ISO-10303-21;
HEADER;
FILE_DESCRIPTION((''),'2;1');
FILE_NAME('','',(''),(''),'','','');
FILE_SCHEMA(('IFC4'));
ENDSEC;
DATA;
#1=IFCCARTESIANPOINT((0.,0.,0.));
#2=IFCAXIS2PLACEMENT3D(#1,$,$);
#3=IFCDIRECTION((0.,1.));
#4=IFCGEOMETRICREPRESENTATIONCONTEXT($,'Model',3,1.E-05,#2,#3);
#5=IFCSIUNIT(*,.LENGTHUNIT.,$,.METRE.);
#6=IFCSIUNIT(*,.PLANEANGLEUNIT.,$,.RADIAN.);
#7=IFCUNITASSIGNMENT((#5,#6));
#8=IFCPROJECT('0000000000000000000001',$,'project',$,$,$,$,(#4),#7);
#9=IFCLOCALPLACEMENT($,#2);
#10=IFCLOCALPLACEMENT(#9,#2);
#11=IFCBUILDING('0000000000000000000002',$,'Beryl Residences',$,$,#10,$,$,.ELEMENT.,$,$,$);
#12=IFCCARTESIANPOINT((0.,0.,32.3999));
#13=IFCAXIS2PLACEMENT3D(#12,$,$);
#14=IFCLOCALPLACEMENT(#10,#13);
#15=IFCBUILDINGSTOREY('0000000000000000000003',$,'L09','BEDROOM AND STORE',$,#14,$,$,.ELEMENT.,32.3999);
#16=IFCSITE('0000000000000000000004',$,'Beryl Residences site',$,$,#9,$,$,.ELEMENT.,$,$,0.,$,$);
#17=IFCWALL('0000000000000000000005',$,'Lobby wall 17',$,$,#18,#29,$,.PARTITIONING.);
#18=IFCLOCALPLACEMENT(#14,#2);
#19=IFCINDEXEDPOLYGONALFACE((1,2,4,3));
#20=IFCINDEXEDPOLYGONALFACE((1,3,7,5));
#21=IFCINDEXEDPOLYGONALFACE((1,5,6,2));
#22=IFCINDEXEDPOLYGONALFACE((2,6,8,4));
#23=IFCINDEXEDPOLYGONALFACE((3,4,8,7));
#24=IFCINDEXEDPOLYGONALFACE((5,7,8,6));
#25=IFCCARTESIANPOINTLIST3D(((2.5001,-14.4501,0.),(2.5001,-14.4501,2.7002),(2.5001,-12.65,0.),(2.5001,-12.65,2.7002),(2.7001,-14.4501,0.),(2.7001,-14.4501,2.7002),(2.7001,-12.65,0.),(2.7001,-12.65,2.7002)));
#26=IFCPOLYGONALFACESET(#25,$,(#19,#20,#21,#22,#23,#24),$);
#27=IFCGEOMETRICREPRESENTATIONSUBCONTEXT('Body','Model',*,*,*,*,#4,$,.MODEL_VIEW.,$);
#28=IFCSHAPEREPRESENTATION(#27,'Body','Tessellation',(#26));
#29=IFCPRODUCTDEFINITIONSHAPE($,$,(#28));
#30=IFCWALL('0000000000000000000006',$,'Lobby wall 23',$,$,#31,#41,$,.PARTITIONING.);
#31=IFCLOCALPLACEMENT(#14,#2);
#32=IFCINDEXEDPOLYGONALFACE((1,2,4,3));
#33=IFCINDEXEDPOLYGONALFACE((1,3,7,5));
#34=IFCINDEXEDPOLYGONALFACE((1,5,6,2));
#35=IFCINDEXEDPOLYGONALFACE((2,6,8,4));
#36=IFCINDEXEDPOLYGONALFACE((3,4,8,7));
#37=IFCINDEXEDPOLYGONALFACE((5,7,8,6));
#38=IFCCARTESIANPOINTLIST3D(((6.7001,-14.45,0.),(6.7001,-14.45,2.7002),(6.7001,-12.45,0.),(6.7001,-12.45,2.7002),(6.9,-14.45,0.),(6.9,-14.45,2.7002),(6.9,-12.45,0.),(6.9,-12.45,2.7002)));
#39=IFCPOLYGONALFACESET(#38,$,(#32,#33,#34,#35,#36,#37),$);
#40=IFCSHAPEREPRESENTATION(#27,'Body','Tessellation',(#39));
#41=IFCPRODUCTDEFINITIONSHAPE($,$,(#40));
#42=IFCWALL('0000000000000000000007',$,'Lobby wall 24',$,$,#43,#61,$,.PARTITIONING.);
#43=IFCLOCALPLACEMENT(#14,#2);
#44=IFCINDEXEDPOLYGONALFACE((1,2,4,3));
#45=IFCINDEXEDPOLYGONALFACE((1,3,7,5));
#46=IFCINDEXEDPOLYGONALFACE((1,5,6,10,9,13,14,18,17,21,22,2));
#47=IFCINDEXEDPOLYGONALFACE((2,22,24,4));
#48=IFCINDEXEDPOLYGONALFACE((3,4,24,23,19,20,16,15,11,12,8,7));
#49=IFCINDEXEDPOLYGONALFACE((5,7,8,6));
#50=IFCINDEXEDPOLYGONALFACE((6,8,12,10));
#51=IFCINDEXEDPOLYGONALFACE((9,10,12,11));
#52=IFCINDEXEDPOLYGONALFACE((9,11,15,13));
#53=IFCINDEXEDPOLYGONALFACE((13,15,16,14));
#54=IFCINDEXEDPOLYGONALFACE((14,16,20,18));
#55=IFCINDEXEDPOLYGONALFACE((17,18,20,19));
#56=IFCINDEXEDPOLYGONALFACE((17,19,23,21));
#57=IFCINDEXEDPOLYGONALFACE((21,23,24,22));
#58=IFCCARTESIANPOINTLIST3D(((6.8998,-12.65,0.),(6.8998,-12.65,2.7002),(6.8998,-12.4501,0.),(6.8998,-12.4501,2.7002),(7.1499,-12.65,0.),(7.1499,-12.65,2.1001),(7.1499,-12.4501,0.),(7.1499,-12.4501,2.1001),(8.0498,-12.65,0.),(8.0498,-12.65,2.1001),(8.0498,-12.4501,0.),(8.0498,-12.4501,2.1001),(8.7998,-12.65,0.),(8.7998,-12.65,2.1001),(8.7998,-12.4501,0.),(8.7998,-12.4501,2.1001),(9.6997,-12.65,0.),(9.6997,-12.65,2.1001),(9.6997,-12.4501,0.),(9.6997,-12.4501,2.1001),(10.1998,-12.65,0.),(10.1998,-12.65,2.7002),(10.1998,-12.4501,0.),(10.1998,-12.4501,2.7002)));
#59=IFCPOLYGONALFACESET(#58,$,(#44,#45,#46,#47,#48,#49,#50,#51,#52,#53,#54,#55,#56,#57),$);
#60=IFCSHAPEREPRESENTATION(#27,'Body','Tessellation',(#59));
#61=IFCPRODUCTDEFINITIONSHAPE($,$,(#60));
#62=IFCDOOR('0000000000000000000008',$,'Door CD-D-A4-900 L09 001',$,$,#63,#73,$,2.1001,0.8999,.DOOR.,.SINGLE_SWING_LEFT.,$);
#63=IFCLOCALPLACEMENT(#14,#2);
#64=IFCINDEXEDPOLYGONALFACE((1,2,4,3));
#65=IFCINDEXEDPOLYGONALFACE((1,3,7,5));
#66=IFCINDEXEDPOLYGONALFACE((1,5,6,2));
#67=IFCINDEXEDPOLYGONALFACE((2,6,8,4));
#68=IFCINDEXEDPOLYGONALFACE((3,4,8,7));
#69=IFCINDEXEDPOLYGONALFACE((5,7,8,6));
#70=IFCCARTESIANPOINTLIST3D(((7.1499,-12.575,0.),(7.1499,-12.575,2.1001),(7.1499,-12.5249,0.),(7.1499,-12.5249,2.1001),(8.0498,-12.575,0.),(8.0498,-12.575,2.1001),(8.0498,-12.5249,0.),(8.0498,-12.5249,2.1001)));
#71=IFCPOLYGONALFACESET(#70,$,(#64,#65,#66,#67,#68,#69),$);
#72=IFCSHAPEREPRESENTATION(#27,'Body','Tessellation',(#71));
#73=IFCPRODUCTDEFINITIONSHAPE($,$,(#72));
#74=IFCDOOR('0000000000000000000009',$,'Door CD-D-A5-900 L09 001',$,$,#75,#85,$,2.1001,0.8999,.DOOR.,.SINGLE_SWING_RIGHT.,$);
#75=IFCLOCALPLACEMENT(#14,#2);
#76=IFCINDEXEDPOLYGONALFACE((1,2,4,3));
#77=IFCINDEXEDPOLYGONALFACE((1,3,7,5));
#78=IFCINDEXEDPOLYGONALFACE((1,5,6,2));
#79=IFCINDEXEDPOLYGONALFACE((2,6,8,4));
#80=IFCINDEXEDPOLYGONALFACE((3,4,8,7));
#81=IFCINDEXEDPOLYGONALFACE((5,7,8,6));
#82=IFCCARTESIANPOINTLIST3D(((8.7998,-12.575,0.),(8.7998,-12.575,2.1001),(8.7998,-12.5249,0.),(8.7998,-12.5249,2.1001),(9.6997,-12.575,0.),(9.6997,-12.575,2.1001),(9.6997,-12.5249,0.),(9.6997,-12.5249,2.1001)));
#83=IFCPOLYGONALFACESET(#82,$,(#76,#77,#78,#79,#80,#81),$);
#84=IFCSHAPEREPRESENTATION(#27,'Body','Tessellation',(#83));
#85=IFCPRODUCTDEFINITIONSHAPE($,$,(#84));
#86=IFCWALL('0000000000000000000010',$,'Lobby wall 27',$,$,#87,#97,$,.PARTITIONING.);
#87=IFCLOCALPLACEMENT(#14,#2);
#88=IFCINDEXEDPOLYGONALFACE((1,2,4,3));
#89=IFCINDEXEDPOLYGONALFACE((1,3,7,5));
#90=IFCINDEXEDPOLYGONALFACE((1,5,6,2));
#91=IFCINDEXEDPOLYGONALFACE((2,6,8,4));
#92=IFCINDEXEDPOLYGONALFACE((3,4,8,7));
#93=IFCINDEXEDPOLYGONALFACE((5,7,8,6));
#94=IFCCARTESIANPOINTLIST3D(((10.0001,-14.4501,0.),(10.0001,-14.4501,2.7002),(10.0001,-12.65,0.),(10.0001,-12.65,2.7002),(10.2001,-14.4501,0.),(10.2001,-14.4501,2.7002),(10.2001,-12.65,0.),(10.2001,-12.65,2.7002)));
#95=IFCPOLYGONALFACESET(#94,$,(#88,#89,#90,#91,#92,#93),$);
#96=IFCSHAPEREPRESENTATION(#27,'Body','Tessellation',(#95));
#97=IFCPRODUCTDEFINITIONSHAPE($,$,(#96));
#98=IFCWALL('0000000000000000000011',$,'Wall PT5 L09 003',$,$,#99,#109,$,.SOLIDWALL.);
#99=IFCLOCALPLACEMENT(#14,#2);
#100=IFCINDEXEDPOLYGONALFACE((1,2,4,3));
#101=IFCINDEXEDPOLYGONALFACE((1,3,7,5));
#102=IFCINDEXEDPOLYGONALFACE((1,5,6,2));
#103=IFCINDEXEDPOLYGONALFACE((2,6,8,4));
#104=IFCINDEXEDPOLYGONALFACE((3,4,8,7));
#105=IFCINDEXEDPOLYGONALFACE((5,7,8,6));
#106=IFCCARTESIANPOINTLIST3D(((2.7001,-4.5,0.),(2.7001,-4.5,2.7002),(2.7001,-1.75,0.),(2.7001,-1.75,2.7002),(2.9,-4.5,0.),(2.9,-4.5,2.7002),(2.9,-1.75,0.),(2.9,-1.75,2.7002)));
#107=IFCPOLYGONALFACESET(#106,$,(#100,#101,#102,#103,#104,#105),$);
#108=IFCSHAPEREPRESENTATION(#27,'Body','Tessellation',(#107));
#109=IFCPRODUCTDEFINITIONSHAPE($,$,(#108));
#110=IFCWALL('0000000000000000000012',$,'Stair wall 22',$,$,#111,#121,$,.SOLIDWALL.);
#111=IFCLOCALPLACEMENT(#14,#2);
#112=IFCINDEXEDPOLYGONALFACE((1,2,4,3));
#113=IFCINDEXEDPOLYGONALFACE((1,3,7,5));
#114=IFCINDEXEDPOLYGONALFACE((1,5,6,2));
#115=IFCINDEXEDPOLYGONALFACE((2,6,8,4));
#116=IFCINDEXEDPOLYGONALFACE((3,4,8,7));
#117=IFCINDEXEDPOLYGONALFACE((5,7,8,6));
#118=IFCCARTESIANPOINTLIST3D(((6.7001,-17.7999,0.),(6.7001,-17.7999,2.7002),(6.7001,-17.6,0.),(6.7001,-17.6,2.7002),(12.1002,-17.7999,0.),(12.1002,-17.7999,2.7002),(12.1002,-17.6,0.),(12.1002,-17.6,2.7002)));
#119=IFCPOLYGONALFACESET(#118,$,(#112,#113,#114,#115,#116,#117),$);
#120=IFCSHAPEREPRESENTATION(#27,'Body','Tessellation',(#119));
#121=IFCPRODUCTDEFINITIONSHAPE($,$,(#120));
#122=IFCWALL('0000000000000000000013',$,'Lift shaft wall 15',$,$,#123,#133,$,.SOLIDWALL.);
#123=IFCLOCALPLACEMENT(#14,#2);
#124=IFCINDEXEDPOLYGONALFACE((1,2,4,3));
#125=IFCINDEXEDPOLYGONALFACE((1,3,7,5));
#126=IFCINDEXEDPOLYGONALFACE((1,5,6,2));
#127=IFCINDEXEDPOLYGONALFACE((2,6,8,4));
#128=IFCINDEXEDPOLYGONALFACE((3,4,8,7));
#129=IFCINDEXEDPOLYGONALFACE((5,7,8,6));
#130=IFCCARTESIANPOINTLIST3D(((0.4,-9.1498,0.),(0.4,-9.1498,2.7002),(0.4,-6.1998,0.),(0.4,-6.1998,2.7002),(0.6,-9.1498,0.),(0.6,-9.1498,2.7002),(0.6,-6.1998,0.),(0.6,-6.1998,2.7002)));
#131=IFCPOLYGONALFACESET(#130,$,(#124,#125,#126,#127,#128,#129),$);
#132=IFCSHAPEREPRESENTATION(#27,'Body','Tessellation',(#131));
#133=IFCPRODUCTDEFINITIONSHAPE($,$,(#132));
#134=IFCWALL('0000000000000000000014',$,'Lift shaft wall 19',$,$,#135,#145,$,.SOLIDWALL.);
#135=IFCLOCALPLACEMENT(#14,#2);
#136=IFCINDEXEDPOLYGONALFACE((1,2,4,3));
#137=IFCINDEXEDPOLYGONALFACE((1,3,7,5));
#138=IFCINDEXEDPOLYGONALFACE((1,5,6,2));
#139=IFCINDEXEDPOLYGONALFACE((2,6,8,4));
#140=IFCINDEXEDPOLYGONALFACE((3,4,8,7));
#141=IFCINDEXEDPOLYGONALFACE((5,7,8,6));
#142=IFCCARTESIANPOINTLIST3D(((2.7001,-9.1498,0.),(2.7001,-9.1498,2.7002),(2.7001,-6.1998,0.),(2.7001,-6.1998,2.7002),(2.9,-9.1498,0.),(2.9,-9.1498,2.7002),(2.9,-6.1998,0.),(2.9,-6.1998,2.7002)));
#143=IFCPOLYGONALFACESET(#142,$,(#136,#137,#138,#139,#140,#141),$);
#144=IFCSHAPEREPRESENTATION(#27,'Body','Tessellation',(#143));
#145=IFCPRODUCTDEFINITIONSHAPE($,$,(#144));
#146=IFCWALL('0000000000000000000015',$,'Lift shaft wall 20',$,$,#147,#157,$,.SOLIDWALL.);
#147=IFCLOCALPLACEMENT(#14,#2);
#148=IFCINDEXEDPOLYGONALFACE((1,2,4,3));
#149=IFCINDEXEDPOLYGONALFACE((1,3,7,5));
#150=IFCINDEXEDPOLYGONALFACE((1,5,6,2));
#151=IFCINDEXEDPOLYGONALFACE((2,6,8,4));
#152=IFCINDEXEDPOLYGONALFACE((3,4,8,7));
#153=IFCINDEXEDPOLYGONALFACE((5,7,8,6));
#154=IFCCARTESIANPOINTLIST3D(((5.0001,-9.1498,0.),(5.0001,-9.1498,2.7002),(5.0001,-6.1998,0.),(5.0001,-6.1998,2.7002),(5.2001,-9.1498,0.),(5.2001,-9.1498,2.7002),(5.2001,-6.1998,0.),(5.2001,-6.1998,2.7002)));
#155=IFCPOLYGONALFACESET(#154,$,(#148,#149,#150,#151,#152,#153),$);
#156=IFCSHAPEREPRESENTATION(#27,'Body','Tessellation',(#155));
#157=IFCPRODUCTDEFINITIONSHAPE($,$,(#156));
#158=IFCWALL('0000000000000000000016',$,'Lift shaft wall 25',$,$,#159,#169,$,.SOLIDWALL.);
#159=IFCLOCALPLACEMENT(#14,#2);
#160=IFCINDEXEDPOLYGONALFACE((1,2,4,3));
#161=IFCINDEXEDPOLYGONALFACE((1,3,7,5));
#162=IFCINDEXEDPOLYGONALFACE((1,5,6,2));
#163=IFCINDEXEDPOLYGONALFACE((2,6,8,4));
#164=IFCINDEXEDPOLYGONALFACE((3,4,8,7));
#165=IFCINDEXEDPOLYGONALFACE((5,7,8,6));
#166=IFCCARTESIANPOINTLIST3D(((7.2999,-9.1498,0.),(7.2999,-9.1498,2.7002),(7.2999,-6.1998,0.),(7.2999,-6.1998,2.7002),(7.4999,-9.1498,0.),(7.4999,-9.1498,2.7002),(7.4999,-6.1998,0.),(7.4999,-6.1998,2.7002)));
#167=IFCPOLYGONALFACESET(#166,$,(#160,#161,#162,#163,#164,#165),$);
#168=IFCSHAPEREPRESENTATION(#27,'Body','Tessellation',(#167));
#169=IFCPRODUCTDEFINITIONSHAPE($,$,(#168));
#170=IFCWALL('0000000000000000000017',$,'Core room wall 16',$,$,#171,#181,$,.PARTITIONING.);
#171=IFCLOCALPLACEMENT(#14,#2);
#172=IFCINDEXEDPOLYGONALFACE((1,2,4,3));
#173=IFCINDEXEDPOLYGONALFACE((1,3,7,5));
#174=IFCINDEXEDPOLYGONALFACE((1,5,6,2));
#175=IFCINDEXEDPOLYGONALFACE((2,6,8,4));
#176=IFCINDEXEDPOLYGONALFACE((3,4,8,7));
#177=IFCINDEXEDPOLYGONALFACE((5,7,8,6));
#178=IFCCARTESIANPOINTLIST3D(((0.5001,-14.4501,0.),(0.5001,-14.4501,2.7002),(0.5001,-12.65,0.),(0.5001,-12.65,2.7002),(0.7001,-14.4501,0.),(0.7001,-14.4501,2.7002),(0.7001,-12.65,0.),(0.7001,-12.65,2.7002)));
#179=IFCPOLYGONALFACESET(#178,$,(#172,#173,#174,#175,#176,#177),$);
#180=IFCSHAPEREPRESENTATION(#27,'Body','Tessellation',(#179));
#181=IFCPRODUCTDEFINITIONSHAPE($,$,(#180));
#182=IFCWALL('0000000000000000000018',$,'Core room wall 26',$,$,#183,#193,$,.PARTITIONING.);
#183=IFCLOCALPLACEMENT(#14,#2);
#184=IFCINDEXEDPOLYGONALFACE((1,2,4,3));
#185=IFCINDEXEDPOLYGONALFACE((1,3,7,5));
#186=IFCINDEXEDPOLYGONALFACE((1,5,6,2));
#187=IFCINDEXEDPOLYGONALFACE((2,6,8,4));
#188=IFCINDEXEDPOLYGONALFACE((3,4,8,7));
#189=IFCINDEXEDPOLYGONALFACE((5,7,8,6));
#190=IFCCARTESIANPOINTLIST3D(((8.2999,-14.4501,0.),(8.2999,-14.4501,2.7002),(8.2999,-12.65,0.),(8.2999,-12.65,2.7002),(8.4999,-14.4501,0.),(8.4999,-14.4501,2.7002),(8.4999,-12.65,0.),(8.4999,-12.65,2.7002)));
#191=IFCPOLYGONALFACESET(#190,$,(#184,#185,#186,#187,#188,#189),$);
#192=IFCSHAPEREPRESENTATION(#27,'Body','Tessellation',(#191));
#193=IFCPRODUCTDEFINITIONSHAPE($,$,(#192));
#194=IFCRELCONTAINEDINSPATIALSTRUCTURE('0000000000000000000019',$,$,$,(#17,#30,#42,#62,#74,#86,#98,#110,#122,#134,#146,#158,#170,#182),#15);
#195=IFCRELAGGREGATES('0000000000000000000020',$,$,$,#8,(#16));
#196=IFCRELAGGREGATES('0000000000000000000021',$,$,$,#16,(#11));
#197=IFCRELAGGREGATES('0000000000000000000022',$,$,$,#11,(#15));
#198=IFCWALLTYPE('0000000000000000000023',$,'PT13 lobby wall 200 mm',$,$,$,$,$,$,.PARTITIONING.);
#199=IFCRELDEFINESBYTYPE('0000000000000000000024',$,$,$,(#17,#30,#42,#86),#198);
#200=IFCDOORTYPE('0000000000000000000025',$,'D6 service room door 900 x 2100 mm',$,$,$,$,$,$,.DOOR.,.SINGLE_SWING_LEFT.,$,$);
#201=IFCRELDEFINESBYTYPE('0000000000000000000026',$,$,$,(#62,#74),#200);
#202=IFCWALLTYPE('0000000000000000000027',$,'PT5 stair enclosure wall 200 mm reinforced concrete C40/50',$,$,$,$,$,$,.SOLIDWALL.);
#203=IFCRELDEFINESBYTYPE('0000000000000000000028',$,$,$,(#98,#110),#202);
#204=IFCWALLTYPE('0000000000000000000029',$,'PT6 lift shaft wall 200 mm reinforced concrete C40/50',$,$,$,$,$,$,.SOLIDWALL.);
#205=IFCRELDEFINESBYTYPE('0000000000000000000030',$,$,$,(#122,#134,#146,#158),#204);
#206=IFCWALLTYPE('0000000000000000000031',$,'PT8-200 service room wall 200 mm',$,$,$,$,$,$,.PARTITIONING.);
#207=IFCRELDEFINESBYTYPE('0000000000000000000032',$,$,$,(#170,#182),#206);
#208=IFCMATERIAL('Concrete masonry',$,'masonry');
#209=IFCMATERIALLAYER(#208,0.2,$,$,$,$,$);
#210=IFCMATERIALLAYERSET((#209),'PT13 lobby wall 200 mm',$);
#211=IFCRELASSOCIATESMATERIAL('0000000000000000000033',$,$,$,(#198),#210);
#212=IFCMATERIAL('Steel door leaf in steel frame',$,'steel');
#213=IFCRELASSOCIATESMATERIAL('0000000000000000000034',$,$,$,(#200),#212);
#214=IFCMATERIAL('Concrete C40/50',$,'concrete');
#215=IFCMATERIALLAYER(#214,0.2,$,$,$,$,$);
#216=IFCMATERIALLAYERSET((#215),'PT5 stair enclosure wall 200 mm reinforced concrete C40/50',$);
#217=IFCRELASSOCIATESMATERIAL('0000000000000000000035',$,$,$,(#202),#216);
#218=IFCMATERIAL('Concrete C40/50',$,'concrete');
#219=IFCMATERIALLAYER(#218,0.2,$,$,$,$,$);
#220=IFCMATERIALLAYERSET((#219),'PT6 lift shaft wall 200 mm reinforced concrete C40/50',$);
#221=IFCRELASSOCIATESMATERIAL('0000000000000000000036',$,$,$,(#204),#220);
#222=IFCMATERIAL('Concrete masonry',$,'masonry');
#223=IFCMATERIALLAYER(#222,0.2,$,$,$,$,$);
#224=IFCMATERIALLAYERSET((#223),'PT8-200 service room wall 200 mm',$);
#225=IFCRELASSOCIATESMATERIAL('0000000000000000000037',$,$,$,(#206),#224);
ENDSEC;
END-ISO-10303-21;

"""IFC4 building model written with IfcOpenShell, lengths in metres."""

from ifc_helpers import new_model, si_unit, direction, frame, frame_2d, origin, place, context, subcontext, project, spatial, rectangle, extrude, material, layer, layer_set, type_object, element, fill, save


model = new_model("IFC4")

# Units and contexts
model_context = context("Model", 3, precision=1e-05, world=origin(), true_north=direction((0.0, 1.0)))
body_context = subcontext(model_context, "Body", "Model", "MODEL_VIEW")
ifc_project = project(units=[si_unit("LENGTHUNIT", "METRE"), si_unit("PLANEANGLEUNIT", "RADIAN")], contexts=[model_context])

# Site, building, storey
site_placement = place(None, origin())
site = spatial("IfcSite", under=ifc_project, at=site_placement, Name="Beryl Residences site", CompositionType="ELEMENT", RefElevation=0.0)
building_placement = place(site_placement, origin())
building = spatial("IfcBuilding", under=site, at=building_placement, Name="Beryl Residences", CompositionType="ELEMENT")
storey_placement = place(building_placement, frame((0.0, 0.0, 32.3999)))
storey = spatial("IfcBuildingStorey", under=building, at=storey_placement, Name="L09", Description="BEDROOM AND STORE", CompositionType="ELEMENT", Elevation=32.3999)

# Walls
ifc_material_1 = material(Name="Concrete masonry", Category="masonry")
ifc_layer_1 = layer(ifc_material_1, 0.2)
ifc_layer_set_1 = layer_set([ifc_layer_1], Name="PT13 lobby wall 200 mm")
wall_type_1 = type_object("IfcWallType", Name="PT13 lobby wall 200 mm", PredefinedType="PARTITIONING", material=ifc_layer_set_1)
wall_1_placement = place(storey_placement, frame((2.6001, -14.45, 0.0), z_axis=(0.0, 0.0, 1.0), x_axis=(0.0, 1.0, 0.0)))
element("IfcWall", 1, at=wall_1_placement, inside=storey, type_object=wall_type_1, Name="Lobby wall 17", PredefinedType="PARTITIONING", context=body_context, shape_type="SweptSolid", body=[
    extrude(rectangle(XDim=1.8, YDim=0.2, at=frame_2d((0.8999, 0.0))), origin(), (0.0, 0.0, 1.0), 2.7002),
])
wall_2_placement = place(storey_placement, frame((6.8, -14.45, 0.0), z_axis=(0.0, 0.0, 1.0), x_axis=(0.0, 1.0, 0.0)))
element("IfcWall", 2, at=wall_2_placement, inside=storey, type_object=wall_type_1, Name="Lobby wall 23", PredefinedType="PARTITIONING", context=body_context, shape_type="SweptSolid", body=[
    extrude(rectangle(XDim=2.0, YDim=0.2, at=frame_2d((1.0, 0.0))), origin(), (0.0, 0.0, 1.0), 2.7002),
])

# Wall, openings, doors
wall_3_placement = place(storey_placement, frame((6.8999, -12.55, 0.0), z_axis=(0.0, 0.0, 1.0), x_axis=(1.0, 0.0, 0.0)))
wall_3 = element("IfcWall", 3, at=wall_3_placement, inside=storey, type_object=wall_type_1, Name="Lobby wall 24", PredefinedType="PARTITIONING", context=body_context, shape_type="SweptSolid", body=[
    extrude(rectangle(XDim=3.3, YDim=0.2, at=frame_2d((1.6499, 0.0))), origin(), (0.0, 0.0, 1.0), 2.7002),
])
opening_1_placement = place(wall_3_placement, frame((1.1499, 0.0, 0.0), z_axis=(0.0, 0.0, 1.0), x_axis=(-1.0, 0.0, 0.0)))
opening_1 = element("IfcOpeningElement", 4, at=opening_1_placement, cuts=wall_3, PredefinedType="OPENING", context=body_context, shape_type="SweptSolid", body=[
    extrude(rectangle(XDim=0.8999, YDim=2.1001, at=frame_2d((0.45, 1.05))), frame((0.0, 0.1099, 0.0), z_axis=(0.0, -1.0, 0.0), x_axis=(1.0, 0.0, 0.0)), (0.0, 0.0, 1.0), 0.22),
])
opening_2_placement = place(wall_3_placement, frame((2.7998, 0.0, 0.0), z_axis=(0.0, 0.0, 1.0), x_axis=(-1.0, 0.0, 0.0)))
opening_2 = element("IfcOpeningElement", 5, at=opening_2_placement, cuts=wall_3, PredefinedType="OPENING", context=body_context, shape_type="SweptSolid", body=[
    extrude(rectangle(XDim=0.8999, YDim=2.1001, at=frame_2d((0.45, 1.05))), frame((0.0, 0.1099, 0.0), z_axis=(0.0, -1.0, 0.0), x_axis=(1.0, 0.0, 0.0)), (0.0, 0.0, 1.0), 0.22),
])
ifc_material_2 = material(Name="Steel door leaf in steel frame", Category="steel")
door_type = type_object("IfcDoorType", Name="D6 service room door 900 x 2100 mm", OperationType="SINGLE_SWING_LEFT", PredefinedType="DOOR", material=ifc_material_2)
door_1_placement = place(opening_1_placement, origin())
door_1 = element("IfcDoor", 6, at=door_1_placement, inside=storey, type_object=door_type, Name="Door CD-D-A4-900 L09 001", OperationType="SINGLE_SWING_LEFT", OverallHeight=2.1001, OverallWidth=0.8999, PredefinedType="DOOR", context=body_context, shape_type="SweptSolid", body=[
    extrude(rectangle(XDim=0.8999, YDim=2.1001, at=frame_2d((0.45, 1.05))), frame((0.0, 0.0249, 0.0), z_axis=(0.0, -1.0, 0.0), x_axis=(1.0, 0.0, 0.0)), (0.0, 0.0, 1.0), 0.05),
])
fill(opening_1, door_1)
door_2_placement = place(opening_2_placement, origin())
door_2 = element("IfcDoor", 7, at=door_2_placement, inside=storey, type_object=door_type, Name="Door CD-D-A5-900 L09 001", OperationType="SINGLE_SWING_RIGHT", OverallHeight=2.1001, OverallWidth=0.8999, PredefinedType="DOOR", context=body_context, shape_type="SweptSolid", body=[
    extrude(rectangle(XDim=0.8999, YDim=2.1001, at=frame_2d((0.45, 1.05))), frame((0.0, 0.0249, 0.0), z_axis=(0.0, -1.0, 0.0), x_axis=(1.0, 0.0, 0.0)), (0.0, 0.0, 1.0), 0.05),
])
fill(opening_2, door_2)

# Walls
wall_4_placement = place(storey_placement, frame((10.1001, -14.45, 0.0), z_axis=(0.0, 0.0, 1.0), x_axis=(0.0, 1.0, 0.0)))
element("IfcWall", 8, at=wall_4_placement, inside=storey, type_object=wall_type_1, Name="Lobby wall 27", PredefinedType="PARTITIONING", context=body_context, shape_type="SweptSolid", body=[
    extrude(rectangle(XDim=1.8, YDim=0.2, at=frame_2d((0.8999, 0.0))), origin(), (0.0, 0.0, 1.0), 2.7002),
])
ifc_material_3 = material(Name="Concrete C40/50", Category="concrete")
ifc_layer_2 = layer(ifc_material_3, 0.2)
ifc_layer_set_2 = layer_set([ifc_layer_2], Name="PT5 stair enclosure wall 200 mm reinforced concrete C40/50")
wall_type_2 = type_object("IfcWallType", Name="PT5 stair enclosure wall 200 mm reinforced concrete C40/50", PredefinedType="SOLIDWALL", material=ifc_layer_set_2)
wall_5_placement = place(storey_placement, frame((2.8, -4.5, 0.0), z_axis=(0.0, 0.0, 1.0), x_axis=(0.0, 1.0, 0.0)))
element("IfcWall", 9, at=wall_5_placement, inside=storey, type_object=wall_type_2, Name="Wall PT5 L09 003", PredefinedType="SOLIDWALL", context=body_context, shape_type="SweptSolid", body=[
    extrude(rectangle(XDim=2.75, YDim=0.2, at=frame_2d((1.375, 0.0))), origin(), (0.0, 0.0, 1.0), 2.7002),
])
wall_6_placement = place(storey_placement, frame((6.7, -17.7, 0.0), z_axis=(0.0, 0.0, 1.0), x_axis=(1.0, 0.0, 0.0)))
element("IfcWall", 10, at=wall_6_placement, inside=storey, type_object=wall_type_2, Name="Stair wall 22", PredefinedType="SOLIDWALL", context=body_context, shape_type="SweptSolid", body=[
    extrude(rectangle(XDim=5.4001, YDim=0.2, at=frame_2d((2.7002, 0.0))), origin(), (0.0, 0.0, 1.0), 2.7002),
])
ifc_material_4 = material(Name="Concrete C40/50", Category="concrete")
ifc_layer_3 = layer(ifc_material_4, 0.2)
ifc_layer_set_3 = layer_set([ifc_layer_3], Name="PT6 lift shaft wall 200 mm reinforced concrete C40/50")
wall_type_3 = type_object("IfcWallType", Name="PT6 lift shaft wall 200 mm reinforced concrete C40/50", PredefinedType="SOLIDWALL", material=ifc_layer_set_3)
for number, where, z_axis, x_axis, name in (
    (11, (0.5, -9.1499, 0.0), (0.0, 0.0, 1.0), (0.0, 1.0, 0.0), "Lift shaft wall 15"),
    (12, (2.8, -9.1499, 0.0), (0.0, 0.0, 1.0), (0.0, 1.0, 0.0), "Lift shaft wall 19"),
    (13, (5.1001, -9.1499, 0.0), (0.0, 0.0, 1.0), (0.0, 1.0, 0.0), "Lift shaft wall 20"),
    (14, (7.3999, -9.1499, 0.0), (0.0, 0.0, 1.0), (0.0, 1.0, 0.0), "Lift shaft wall 25"),
):
    element("IfcWall", number, at=place(storey_placement, frame(where, z_axis=z_axis, x_axis=x_axis)), inside=storey, type_object=wall_type_3, Name=name, PredefinedType="SOLIDWALL", context=body_context, shape_type="SweptSolid", body=[
        extrude(rectangle(XDim=2.95, YDim=0.2, at=frame_2d((1.4751, 0.0))), origin(), (0.0, 0.0, 1.0), 2.7002),
    ])
ifc_material_5 = material(Name="Concrete masonry", Category="masonry")
ifc_layer_4 = layer(ifc_material_5, 0.2)
ifc_layer_set_4 = layer_set([ifc_layer_4], Name="PT8-200 service room wall 200 mm")
wall_type_4 = type_object("IfcWallType", Name="PT8-200 service room wall 200 mm", PredefinedType="PARTITIONING", material=ifc_layer_set_4)
for number, where, z_axis, x_axis, name in (
    (15, (0.6001, -14.45, 0.0), (0.0, 0.0, 1.0), (0.0, 1.0, 0.0), "Core room wall 16"),
    (16, (8.3999, -14.45, 0.0), (0.0, 0.0, 1.0), (0.0, 1.0, 0.0), "Core room wall 26"),
):
    element("IfcWall", number, at=place(storey_placement, frame(where, z_axis=z_axis, x_axis=x_axis)), inside=storey, type_object=wall_type_4, Name=name, PredefinedType="PARTITIONING", context=body_context, shape_type="SweptSolid", body=[
        extrude(rectangle(XDim=1.8, YDim=0.2, at=frame_2d((0.8999, 0.0))), origin(), (0.0, 0.0, 1.0), 2.7002),
    ])

save(model, "model.ifc")
